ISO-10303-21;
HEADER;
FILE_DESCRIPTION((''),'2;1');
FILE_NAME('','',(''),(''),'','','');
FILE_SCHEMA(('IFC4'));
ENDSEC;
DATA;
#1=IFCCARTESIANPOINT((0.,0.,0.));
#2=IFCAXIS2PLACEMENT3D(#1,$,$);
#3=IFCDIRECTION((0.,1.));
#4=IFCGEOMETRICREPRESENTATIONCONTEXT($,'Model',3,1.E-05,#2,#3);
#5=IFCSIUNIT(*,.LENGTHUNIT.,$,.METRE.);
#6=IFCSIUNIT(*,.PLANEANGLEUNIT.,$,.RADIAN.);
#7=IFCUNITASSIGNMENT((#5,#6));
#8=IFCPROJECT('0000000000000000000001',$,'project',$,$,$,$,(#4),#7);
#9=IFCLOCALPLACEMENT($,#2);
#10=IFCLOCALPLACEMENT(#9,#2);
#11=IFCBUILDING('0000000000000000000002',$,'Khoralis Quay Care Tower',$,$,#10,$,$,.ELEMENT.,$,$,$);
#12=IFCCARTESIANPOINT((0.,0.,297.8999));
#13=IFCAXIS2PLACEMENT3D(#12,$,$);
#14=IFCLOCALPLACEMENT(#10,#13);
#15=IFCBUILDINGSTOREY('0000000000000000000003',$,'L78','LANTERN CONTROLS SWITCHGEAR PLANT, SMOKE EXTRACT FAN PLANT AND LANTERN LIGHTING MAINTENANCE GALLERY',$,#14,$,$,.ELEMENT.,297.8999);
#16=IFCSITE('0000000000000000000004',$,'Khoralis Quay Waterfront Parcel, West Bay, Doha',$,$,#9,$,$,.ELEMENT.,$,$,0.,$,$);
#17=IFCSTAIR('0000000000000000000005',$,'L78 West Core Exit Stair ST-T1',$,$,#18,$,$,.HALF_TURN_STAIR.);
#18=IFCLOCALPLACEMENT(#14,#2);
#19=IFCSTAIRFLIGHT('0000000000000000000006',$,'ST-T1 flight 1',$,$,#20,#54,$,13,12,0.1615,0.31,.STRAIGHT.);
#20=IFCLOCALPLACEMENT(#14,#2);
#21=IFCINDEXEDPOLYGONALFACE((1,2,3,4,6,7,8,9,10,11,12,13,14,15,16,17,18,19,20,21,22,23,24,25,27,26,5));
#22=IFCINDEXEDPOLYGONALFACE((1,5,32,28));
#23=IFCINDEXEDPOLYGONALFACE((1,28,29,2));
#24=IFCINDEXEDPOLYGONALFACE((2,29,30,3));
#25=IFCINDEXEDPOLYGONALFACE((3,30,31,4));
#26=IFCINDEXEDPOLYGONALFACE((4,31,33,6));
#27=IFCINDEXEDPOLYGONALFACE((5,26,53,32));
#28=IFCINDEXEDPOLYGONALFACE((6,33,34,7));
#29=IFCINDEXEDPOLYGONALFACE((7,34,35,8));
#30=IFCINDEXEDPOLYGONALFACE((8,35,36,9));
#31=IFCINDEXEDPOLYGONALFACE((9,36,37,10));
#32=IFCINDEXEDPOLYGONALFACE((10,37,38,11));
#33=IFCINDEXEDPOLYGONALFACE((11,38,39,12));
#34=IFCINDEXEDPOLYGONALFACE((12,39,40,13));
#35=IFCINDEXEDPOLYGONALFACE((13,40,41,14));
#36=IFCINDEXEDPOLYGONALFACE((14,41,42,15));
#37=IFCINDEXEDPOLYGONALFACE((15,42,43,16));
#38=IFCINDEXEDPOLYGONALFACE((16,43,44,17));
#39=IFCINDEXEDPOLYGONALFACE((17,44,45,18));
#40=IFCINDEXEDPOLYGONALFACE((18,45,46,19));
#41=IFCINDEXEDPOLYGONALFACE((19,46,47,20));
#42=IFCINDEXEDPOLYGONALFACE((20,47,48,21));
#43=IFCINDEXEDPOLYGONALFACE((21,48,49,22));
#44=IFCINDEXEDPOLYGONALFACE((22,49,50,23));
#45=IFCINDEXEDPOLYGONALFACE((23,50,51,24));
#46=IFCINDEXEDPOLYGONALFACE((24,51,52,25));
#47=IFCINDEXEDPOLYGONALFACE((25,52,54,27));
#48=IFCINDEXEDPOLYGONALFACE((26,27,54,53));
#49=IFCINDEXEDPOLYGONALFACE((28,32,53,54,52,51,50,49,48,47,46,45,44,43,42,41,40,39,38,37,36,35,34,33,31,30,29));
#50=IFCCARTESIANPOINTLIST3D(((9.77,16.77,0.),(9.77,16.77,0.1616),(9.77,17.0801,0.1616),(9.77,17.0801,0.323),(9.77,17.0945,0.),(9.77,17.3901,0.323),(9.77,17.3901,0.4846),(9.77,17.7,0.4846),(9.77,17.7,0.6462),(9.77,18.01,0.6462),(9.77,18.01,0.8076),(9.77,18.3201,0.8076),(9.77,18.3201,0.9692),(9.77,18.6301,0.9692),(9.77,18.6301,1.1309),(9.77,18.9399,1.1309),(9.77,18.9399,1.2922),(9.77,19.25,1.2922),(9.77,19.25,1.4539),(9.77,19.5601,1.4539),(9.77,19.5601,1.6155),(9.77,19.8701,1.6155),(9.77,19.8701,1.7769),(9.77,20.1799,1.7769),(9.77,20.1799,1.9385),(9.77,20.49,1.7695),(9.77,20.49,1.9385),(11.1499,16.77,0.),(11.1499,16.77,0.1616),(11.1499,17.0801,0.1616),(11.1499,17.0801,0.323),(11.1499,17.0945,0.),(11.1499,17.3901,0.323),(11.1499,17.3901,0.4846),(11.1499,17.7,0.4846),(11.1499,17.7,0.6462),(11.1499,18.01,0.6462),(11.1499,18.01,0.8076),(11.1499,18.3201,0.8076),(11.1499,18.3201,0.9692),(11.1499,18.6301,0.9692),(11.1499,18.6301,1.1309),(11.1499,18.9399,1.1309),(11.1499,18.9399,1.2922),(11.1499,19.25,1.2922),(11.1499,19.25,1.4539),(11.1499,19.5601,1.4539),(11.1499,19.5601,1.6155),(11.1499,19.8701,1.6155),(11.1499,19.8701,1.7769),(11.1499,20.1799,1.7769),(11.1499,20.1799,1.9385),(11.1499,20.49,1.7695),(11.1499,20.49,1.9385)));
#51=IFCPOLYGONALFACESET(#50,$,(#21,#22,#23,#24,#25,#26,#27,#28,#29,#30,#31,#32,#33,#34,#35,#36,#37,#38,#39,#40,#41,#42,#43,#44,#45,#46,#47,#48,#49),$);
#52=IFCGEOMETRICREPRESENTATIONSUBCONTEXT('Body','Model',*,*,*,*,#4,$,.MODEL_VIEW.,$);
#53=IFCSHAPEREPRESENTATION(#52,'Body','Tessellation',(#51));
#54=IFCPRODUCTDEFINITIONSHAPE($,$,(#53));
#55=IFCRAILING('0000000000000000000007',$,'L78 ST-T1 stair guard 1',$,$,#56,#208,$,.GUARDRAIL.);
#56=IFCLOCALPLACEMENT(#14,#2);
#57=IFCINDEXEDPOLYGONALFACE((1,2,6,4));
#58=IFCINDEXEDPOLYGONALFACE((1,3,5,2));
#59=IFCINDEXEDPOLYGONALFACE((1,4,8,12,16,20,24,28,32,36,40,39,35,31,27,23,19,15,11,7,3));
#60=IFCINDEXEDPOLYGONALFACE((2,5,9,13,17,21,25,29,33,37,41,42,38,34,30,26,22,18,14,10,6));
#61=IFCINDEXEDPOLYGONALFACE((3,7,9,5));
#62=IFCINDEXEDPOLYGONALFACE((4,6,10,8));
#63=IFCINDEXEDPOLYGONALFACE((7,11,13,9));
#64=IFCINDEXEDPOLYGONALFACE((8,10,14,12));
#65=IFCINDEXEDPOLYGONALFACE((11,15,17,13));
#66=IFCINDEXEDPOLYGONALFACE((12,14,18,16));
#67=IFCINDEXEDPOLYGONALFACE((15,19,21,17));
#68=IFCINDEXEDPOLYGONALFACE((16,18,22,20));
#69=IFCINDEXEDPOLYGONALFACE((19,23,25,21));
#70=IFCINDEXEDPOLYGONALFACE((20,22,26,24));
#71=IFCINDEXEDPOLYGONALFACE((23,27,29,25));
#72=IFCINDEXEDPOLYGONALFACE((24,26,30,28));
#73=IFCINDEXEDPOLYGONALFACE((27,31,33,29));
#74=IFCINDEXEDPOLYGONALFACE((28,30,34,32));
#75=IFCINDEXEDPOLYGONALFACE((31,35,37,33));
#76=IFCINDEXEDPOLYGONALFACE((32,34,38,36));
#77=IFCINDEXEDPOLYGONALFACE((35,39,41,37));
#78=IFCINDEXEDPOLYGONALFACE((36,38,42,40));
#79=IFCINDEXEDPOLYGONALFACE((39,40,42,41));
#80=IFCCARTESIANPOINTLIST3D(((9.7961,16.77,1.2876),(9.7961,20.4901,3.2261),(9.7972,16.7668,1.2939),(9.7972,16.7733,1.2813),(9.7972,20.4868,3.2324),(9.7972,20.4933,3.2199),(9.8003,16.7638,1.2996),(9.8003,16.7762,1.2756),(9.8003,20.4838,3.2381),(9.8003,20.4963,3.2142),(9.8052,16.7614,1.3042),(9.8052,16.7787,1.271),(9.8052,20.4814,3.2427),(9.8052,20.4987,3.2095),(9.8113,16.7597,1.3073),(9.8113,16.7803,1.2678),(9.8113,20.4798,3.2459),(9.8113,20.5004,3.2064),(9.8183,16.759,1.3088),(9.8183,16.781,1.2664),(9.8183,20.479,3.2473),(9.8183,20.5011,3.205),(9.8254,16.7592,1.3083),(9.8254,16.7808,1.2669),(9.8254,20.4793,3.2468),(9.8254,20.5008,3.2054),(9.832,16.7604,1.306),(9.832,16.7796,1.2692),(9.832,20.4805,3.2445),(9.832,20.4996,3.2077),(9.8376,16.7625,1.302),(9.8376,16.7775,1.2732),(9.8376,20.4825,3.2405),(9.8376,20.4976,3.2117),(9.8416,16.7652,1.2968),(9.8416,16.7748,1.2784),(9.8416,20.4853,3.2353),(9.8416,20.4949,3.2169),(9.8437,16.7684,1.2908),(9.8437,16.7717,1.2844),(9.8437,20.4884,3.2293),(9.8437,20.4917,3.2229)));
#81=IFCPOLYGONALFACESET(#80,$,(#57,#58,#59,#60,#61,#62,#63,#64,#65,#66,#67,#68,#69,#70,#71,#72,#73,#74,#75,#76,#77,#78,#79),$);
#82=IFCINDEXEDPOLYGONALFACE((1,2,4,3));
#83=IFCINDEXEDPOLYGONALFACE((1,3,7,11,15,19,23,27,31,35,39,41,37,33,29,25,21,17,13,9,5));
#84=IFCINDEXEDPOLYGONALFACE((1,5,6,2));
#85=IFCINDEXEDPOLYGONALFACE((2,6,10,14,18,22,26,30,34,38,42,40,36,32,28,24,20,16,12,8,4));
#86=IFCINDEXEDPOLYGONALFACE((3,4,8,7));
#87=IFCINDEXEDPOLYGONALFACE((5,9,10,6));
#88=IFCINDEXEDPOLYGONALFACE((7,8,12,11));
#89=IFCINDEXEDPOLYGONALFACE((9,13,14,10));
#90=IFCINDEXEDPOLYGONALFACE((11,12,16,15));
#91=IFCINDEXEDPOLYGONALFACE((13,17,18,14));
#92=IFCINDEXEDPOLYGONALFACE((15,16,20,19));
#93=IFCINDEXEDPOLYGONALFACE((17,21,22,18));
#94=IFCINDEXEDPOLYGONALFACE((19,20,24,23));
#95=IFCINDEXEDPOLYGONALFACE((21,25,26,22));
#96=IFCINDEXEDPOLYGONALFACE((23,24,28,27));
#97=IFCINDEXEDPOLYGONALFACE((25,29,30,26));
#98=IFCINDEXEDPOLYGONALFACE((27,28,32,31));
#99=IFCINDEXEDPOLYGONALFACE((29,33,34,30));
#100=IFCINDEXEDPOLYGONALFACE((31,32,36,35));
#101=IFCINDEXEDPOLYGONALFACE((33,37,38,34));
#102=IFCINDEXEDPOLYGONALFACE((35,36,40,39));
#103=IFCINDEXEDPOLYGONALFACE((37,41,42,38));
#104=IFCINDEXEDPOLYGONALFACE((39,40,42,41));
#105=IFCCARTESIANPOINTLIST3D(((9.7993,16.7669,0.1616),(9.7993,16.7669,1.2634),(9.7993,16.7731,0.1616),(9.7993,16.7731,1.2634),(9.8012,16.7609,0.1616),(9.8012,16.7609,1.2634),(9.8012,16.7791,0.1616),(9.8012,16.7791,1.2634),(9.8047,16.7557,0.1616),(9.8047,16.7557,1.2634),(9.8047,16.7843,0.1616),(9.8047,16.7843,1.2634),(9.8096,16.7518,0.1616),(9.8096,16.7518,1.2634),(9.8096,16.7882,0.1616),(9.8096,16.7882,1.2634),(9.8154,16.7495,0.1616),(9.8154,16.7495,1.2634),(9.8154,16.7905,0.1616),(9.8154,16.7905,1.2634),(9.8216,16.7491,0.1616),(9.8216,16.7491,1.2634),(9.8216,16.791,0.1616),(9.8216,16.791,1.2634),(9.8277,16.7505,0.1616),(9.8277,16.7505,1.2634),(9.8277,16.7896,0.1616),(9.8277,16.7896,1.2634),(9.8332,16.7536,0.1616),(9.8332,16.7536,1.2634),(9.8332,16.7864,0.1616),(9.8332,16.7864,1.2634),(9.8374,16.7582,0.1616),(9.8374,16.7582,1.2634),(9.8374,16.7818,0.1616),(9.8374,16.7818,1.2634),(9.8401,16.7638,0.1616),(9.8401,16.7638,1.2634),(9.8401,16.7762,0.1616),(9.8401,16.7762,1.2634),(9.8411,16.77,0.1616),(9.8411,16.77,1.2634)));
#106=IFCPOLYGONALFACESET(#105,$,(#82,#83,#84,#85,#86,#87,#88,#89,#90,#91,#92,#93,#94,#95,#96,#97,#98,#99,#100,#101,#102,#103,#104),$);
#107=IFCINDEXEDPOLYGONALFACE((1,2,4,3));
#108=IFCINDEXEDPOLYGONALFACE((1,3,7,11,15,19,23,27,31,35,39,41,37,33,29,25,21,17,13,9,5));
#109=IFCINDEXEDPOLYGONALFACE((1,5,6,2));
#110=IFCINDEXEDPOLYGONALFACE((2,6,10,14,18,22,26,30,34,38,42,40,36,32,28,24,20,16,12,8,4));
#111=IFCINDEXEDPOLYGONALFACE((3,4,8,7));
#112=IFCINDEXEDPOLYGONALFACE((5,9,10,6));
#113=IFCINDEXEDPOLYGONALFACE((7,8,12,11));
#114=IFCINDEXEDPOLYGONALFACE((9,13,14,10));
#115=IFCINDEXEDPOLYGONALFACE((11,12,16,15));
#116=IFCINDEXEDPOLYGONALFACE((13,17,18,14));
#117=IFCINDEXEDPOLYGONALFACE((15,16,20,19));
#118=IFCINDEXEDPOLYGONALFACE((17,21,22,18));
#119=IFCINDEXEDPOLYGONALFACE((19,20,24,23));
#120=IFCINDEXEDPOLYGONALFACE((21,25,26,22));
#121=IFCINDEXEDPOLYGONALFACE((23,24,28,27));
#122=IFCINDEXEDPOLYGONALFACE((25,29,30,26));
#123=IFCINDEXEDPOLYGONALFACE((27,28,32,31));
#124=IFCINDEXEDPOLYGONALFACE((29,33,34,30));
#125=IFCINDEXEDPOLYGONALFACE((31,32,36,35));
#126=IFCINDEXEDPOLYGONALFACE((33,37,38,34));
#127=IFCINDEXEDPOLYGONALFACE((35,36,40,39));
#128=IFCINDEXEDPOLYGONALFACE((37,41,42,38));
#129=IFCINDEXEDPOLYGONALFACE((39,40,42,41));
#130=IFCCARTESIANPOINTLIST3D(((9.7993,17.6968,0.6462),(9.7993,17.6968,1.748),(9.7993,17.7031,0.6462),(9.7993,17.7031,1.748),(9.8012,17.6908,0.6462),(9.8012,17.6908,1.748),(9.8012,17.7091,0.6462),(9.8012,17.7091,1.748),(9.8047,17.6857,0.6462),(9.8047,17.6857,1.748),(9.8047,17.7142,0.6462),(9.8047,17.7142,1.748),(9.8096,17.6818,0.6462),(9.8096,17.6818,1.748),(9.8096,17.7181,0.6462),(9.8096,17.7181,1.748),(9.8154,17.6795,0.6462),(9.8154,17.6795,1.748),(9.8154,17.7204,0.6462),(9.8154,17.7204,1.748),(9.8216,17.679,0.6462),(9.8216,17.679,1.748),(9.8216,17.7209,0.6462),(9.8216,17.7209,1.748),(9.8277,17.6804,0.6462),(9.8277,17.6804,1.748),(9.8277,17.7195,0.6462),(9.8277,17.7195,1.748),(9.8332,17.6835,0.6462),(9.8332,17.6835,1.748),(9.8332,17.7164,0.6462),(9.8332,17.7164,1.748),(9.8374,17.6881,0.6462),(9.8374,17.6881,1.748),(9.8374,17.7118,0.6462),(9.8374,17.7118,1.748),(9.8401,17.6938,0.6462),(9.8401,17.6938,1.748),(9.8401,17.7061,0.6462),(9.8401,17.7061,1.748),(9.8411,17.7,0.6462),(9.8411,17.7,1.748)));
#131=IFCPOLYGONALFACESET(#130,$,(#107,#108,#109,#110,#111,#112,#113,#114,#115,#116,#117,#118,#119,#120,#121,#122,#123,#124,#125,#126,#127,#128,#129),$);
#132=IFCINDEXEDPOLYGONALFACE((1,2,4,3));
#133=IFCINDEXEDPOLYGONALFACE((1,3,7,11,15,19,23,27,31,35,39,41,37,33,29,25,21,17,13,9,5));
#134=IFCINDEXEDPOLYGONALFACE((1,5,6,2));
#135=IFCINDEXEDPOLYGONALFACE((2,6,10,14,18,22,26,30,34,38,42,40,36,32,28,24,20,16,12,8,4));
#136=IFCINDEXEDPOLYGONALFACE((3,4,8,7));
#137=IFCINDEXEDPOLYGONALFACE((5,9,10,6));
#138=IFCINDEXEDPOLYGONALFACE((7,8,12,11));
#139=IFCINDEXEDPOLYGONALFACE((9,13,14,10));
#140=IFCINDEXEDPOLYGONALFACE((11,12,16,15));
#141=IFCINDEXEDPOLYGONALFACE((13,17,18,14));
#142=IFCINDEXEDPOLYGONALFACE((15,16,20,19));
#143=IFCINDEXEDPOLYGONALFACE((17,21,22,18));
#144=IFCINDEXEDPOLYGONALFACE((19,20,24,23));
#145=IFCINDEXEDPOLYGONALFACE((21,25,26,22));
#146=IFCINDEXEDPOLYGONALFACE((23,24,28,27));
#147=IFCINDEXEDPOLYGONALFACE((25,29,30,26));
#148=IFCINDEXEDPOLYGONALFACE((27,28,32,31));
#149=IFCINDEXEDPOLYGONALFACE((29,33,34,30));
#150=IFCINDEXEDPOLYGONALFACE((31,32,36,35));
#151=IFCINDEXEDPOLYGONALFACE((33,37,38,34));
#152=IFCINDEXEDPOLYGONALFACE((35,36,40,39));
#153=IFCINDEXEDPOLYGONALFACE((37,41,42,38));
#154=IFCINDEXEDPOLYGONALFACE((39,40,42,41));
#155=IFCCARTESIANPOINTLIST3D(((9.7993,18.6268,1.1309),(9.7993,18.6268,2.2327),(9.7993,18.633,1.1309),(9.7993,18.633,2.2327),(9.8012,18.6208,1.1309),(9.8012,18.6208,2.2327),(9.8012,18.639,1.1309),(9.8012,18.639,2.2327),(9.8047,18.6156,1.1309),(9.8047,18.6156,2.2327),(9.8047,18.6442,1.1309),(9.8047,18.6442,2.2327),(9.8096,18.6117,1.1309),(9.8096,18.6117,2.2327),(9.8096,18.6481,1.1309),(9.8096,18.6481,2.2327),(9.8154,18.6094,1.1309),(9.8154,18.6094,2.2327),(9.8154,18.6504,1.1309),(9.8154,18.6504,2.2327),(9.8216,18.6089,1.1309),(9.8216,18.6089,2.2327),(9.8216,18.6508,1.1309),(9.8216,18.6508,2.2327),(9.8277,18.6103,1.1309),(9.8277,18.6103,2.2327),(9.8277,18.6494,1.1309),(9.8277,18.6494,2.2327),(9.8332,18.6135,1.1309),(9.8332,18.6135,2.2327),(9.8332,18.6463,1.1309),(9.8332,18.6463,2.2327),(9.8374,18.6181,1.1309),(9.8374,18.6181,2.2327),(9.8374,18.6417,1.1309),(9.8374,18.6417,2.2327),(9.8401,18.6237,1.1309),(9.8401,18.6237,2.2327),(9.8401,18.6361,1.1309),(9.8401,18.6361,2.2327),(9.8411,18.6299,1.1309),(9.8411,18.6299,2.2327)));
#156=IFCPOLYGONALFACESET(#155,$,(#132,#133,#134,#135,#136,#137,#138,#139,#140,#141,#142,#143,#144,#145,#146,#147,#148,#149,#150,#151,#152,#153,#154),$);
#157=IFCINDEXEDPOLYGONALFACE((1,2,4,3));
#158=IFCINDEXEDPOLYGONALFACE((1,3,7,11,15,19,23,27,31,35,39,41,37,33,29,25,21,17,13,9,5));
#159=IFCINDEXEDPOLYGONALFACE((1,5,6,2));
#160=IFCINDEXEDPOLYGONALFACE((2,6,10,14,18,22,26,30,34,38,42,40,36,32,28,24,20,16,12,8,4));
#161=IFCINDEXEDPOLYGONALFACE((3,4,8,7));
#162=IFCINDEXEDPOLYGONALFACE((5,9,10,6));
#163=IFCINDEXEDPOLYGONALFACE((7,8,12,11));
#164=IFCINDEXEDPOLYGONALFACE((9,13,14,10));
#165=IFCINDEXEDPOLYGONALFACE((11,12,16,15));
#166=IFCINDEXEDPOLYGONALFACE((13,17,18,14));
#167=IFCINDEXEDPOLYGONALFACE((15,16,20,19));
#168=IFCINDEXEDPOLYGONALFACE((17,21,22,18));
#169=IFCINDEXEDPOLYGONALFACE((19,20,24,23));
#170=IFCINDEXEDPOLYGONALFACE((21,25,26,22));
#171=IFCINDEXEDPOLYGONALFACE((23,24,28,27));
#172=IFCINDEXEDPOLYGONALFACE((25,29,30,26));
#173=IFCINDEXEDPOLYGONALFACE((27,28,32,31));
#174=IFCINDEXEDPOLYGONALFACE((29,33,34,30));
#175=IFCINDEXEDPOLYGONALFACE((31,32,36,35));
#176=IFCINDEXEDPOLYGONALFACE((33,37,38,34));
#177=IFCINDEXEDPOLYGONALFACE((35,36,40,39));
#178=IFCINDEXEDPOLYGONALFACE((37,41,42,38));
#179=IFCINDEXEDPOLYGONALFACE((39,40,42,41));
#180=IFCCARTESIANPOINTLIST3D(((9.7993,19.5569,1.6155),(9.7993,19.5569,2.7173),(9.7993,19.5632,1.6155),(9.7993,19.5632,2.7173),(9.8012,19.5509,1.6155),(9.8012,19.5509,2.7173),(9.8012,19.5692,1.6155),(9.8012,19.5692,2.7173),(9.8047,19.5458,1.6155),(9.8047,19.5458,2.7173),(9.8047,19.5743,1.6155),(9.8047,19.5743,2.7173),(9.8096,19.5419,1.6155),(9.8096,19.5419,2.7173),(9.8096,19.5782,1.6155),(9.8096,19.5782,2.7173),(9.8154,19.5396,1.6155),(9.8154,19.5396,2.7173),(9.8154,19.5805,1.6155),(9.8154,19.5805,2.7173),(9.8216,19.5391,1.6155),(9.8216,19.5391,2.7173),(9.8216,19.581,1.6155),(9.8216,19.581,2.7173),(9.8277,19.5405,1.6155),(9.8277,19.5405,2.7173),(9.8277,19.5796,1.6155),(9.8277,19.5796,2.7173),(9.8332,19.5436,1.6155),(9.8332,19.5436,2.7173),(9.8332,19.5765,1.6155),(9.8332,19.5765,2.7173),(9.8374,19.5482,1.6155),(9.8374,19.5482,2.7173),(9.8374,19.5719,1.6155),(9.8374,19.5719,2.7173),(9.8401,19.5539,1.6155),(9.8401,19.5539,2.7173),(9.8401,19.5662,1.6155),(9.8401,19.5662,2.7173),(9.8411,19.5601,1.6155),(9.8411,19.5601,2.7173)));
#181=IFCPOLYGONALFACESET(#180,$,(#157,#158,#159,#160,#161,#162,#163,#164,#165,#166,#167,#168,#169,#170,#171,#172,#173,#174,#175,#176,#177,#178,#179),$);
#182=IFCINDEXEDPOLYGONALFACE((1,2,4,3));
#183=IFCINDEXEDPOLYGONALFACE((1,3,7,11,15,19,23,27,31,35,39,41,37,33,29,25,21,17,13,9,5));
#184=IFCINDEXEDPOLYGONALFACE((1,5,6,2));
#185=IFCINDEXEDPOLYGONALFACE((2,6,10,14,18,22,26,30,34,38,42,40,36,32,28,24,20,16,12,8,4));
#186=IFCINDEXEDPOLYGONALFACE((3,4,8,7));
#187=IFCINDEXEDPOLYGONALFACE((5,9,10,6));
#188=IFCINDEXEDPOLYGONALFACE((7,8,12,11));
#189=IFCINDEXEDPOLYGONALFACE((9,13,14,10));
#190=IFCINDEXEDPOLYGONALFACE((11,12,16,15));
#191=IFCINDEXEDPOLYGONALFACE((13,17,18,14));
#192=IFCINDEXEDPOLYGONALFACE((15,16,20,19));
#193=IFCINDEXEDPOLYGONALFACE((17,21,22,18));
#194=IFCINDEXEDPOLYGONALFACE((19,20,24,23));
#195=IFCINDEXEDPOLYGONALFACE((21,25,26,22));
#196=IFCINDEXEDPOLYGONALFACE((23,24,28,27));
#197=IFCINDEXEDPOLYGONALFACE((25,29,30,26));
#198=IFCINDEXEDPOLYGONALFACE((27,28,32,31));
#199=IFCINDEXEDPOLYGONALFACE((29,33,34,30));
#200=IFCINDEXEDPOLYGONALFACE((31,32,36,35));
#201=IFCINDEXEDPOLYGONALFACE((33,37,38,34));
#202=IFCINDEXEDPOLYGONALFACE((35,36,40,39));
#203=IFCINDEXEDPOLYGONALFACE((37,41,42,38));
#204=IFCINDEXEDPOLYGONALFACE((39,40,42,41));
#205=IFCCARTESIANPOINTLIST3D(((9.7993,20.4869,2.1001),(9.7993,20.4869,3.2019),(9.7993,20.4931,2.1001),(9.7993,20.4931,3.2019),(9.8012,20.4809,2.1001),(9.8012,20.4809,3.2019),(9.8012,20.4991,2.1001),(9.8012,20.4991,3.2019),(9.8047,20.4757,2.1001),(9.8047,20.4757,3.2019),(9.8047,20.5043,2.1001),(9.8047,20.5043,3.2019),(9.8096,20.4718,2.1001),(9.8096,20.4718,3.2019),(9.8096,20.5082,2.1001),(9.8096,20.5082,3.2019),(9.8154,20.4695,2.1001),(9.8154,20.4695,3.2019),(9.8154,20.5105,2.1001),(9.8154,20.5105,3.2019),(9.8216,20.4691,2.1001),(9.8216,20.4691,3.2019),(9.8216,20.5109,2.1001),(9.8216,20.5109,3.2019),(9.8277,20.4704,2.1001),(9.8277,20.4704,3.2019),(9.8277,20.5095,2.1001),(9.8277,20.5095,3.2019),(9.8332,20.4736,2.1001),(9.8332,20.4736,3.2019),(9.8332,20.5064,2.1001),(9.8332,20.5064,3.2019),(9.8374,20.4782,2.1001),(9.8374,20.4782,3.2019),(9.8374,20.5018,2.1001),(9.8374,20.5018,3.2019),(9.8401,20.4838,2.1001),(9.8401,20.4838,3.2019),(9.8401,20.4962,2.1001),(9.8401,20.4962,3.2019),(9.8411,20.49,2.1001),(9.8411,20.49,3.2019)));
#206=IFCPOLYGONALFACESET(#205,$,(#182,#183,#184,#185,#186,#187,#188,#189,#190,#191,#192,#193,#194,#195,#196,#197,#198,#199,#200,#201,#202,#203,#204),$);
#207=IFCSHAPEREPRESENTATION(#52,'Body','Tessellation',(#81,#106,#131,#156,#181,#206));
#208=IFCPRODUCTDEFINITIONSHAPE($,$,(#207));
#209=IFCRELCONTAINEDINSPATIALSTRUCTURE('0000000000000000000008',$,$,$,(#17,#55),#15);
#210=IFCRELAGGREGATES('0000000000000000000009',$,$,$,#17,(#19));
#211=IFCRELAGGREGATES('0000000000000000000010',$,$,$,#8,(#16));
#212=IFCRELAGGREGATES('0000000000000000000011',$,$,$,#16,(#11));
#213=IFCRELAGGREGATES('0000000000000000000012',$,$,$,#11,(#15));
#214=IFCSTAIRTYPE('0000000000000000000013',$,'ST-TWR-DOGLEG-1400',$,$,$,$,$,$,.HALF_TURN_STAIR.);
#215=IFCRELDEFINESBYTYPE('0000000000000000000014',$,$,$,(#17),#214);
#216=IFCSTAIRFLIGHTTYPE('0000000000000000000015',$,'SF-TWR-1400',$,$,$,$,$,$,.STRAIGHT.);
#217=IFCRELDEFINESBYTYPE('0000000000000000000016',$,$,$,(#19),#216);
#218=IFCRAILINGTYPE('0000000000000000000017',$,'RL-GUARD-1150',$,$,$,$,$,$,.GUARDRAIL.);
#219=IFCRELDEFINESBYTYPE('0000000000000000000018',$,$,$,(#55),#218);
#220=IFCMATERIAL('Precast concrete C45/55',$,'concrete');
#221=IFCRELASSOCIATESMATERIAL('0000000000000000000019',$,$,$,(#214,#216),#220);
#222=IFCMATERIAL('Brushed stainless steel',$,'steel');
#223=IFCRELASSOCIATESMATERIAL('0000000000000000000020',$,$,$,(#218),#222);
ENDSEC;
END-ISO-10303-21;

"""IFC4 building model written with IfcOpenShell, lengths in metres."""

from ifc_helpers import new_model, si_unit, direction, frame, origin, origin_2d, place, context, subcontext, project, spatial, polyline, circle, outline, extrude, source, transform, mapped, material, type_object, element, aggregate, save


model = new_model("IFC4")

# Units and contexts
model_context = context("Model", 3, precision=1e-05, world=origin(), true_north=direction((0.0, 1.0)))
body_context = subcontext(model_context, "Body", "Model", "MODEL_VIEW")
ifc_project = project(units=[si_unit("LENGTHUNIT", "METRE"), si_unit("PLANEANGLEUNIT", "RADIAN")], contexts=[model_context])

# Site, building, storey
site_placement = place(None, origin())
site = spatial("IfcSite", under=ifc_project, at=site_placement, Name="Khoralis Quay Waterfront Parcel, West Bay, Doha", CompositionType="ELEMENT", RefElevation=0.0)
building_placement = place(site_placement, origin())
building = spatial("IfcBuilding", under=site, at=building_placement, Name="Khoralis Quay Care Tower", CompositionType="ELEMENT")
storey_placement = place(building_placement, frame((0.0, 0.0, 297.8999)))
storey = spatial("IfcBuildingStorey", under=building, at=storey_placement, Name="L78", Description="LANTERN CONTROLS SWITCHGEAR PLANT, SMOKE EXTRACT FAN PLANT AND LANTERN LIGHTING MAINTENANCE GALLERY", CompositionType="ELEMENT", Elevation=297.8999)

# Shared definitions
ifc_material_1 = material(Name="Brushed stainless steel", Category="steel")

# Stair, stair flight
ifc_material_2 = material(Name="Precast concrete C45/55", Category="concrete")
stair_type = type_object("IfcStairType", Name="ST-TWR-DOGLEG-1400", PredefinedType="HALF_TURN_STAIR", material=ifc_material_2)
stair_placement = place(storey_placement, origin())
stair = element("IfcStair", 1, at=stair_placement, inside=storey, type_object=stair_type, Name="L78 West Core Exit Stair ST-T1", PredefinedType="HALF_TURN_STAIR")
stair_flight_type = type_object("IfcStairFlightType", Name="SF-TWR-1400", PredefinedType="STRAIGHT", material=ifc_material_2)
shared_shape_1 = source(origin(), body_context, "Body", "SweptSolid", [
    extrude(outline(polyline([(0.0, 0.0), (0.0, 0.1616), (0.3101, 0.1616), (0.3101, 0.323), (0.6201, 0.323), (0.6201, 0.4846), (0.9299, 0.4846), (0.9299, 0.6462), (1.24, 0.6462), (1.24, 0.8076), (1.55, 0.8076), (1.55, 0.9692), (1.8601, 0.9692), (1.8601, 1.1309), (2.1699, 1.1309), (2.1699, 1.2922), (2.48, 1.2922), (2.48, 1.4539), (2.79, 1.4539), (2.79, 1.6155), (3.1001, 1.6155), (3.1001, 1.7769), (3.4099, 1.7769), (3.4099, 1.9385), (3.72, 1.9385), (3.72, 2.1001), (3.72, 1.7695), (0.3245, 0.0), (0.0, 0.0)])), frame((0.0, 0.6899, 0.0), z_axis=(0.0, -1.0, 0.0), x_axis=(1.0, 0.0, 0.0)), (0.0, 0.0, 1.0), 1.3799),
])
stair_flight_placement = place(storey_placement, frame((10.46, 16.77, 0.0), z_axis=(0.0, 0.0, 1.0), x_axis=(0.0, 1.0, 0.0)))
stair_flight = element("IfcStairFlight", 2, at=stair_flight_placement, type_object=stair_flight_type, Name="ST-T1 flight 1", NumberOfRisers=13, NumberOfTreads=12, PredefinedType="STRAIGHT", RiserHeight=0.1615, TreadLength=0.31, context=body_context, shape_type="MappedRepresentation", body=[
    mapped(shared_shape_1, transform((0.0, 0.0, 0.0), scale=1.0)),
])
aggregate(stair, [stair_flight])

# Railing
railing_type = type_object("IfcRailingType", Name="RL-GUARD-1150", PredefinedType="GUARDRAIL", material=ifc_material_1)
railing_1_placement = place(storey_placement, frame((9.8201, 16.77, 0.1616)))
element("IfcRailing", 3, at=railing_1_placement, inside=storey, type_object=railing_type, Name="L78 ST-T1 stair guard 1", PredefinedType="GUARDRAIL", context=body_context, shape_type="SweptSolid", body=[
    extrude(circle(Radius=0.0239, at=origin_2d()), frame((0.0, 0.0, 1.126), z_axis=(0.0, 0.886817, 0.46212), x_axis=(-1.0, 0.0, 0.0)), (0.0, 0.0, 1.0), 4.1948),
    extrude(circle(Radius=0.021, at=origin_2d()), origin(), (0.0, 0.0, 1.0), 1.1018),
    extrude(circle(Radius=0.021, at=origin_2d()), frame((0.0, 0.9299, 0.4846)), (0.0, 0.0, 1.0), 1.1018),
    extrude(circle(Radius=0.021, at=origin_2d()), frame((0.0, 1.8599, 0.9692)), (0.0, 0.0, 1.0), 1.1018),
    extrude(circle(Radius=0.021, at=origin_2d()), frame((0.0, 2.79, 1.4539)), (0.0, 0.0, 1.0), 1.1018),
    extrude(circle(Radius=0.021, at=origin_2d()), frame((0.0, 3.72, 1.9385)), (0.0, 0.0, 1.0), 1.1018),
])

save(model, "model.ifc")
